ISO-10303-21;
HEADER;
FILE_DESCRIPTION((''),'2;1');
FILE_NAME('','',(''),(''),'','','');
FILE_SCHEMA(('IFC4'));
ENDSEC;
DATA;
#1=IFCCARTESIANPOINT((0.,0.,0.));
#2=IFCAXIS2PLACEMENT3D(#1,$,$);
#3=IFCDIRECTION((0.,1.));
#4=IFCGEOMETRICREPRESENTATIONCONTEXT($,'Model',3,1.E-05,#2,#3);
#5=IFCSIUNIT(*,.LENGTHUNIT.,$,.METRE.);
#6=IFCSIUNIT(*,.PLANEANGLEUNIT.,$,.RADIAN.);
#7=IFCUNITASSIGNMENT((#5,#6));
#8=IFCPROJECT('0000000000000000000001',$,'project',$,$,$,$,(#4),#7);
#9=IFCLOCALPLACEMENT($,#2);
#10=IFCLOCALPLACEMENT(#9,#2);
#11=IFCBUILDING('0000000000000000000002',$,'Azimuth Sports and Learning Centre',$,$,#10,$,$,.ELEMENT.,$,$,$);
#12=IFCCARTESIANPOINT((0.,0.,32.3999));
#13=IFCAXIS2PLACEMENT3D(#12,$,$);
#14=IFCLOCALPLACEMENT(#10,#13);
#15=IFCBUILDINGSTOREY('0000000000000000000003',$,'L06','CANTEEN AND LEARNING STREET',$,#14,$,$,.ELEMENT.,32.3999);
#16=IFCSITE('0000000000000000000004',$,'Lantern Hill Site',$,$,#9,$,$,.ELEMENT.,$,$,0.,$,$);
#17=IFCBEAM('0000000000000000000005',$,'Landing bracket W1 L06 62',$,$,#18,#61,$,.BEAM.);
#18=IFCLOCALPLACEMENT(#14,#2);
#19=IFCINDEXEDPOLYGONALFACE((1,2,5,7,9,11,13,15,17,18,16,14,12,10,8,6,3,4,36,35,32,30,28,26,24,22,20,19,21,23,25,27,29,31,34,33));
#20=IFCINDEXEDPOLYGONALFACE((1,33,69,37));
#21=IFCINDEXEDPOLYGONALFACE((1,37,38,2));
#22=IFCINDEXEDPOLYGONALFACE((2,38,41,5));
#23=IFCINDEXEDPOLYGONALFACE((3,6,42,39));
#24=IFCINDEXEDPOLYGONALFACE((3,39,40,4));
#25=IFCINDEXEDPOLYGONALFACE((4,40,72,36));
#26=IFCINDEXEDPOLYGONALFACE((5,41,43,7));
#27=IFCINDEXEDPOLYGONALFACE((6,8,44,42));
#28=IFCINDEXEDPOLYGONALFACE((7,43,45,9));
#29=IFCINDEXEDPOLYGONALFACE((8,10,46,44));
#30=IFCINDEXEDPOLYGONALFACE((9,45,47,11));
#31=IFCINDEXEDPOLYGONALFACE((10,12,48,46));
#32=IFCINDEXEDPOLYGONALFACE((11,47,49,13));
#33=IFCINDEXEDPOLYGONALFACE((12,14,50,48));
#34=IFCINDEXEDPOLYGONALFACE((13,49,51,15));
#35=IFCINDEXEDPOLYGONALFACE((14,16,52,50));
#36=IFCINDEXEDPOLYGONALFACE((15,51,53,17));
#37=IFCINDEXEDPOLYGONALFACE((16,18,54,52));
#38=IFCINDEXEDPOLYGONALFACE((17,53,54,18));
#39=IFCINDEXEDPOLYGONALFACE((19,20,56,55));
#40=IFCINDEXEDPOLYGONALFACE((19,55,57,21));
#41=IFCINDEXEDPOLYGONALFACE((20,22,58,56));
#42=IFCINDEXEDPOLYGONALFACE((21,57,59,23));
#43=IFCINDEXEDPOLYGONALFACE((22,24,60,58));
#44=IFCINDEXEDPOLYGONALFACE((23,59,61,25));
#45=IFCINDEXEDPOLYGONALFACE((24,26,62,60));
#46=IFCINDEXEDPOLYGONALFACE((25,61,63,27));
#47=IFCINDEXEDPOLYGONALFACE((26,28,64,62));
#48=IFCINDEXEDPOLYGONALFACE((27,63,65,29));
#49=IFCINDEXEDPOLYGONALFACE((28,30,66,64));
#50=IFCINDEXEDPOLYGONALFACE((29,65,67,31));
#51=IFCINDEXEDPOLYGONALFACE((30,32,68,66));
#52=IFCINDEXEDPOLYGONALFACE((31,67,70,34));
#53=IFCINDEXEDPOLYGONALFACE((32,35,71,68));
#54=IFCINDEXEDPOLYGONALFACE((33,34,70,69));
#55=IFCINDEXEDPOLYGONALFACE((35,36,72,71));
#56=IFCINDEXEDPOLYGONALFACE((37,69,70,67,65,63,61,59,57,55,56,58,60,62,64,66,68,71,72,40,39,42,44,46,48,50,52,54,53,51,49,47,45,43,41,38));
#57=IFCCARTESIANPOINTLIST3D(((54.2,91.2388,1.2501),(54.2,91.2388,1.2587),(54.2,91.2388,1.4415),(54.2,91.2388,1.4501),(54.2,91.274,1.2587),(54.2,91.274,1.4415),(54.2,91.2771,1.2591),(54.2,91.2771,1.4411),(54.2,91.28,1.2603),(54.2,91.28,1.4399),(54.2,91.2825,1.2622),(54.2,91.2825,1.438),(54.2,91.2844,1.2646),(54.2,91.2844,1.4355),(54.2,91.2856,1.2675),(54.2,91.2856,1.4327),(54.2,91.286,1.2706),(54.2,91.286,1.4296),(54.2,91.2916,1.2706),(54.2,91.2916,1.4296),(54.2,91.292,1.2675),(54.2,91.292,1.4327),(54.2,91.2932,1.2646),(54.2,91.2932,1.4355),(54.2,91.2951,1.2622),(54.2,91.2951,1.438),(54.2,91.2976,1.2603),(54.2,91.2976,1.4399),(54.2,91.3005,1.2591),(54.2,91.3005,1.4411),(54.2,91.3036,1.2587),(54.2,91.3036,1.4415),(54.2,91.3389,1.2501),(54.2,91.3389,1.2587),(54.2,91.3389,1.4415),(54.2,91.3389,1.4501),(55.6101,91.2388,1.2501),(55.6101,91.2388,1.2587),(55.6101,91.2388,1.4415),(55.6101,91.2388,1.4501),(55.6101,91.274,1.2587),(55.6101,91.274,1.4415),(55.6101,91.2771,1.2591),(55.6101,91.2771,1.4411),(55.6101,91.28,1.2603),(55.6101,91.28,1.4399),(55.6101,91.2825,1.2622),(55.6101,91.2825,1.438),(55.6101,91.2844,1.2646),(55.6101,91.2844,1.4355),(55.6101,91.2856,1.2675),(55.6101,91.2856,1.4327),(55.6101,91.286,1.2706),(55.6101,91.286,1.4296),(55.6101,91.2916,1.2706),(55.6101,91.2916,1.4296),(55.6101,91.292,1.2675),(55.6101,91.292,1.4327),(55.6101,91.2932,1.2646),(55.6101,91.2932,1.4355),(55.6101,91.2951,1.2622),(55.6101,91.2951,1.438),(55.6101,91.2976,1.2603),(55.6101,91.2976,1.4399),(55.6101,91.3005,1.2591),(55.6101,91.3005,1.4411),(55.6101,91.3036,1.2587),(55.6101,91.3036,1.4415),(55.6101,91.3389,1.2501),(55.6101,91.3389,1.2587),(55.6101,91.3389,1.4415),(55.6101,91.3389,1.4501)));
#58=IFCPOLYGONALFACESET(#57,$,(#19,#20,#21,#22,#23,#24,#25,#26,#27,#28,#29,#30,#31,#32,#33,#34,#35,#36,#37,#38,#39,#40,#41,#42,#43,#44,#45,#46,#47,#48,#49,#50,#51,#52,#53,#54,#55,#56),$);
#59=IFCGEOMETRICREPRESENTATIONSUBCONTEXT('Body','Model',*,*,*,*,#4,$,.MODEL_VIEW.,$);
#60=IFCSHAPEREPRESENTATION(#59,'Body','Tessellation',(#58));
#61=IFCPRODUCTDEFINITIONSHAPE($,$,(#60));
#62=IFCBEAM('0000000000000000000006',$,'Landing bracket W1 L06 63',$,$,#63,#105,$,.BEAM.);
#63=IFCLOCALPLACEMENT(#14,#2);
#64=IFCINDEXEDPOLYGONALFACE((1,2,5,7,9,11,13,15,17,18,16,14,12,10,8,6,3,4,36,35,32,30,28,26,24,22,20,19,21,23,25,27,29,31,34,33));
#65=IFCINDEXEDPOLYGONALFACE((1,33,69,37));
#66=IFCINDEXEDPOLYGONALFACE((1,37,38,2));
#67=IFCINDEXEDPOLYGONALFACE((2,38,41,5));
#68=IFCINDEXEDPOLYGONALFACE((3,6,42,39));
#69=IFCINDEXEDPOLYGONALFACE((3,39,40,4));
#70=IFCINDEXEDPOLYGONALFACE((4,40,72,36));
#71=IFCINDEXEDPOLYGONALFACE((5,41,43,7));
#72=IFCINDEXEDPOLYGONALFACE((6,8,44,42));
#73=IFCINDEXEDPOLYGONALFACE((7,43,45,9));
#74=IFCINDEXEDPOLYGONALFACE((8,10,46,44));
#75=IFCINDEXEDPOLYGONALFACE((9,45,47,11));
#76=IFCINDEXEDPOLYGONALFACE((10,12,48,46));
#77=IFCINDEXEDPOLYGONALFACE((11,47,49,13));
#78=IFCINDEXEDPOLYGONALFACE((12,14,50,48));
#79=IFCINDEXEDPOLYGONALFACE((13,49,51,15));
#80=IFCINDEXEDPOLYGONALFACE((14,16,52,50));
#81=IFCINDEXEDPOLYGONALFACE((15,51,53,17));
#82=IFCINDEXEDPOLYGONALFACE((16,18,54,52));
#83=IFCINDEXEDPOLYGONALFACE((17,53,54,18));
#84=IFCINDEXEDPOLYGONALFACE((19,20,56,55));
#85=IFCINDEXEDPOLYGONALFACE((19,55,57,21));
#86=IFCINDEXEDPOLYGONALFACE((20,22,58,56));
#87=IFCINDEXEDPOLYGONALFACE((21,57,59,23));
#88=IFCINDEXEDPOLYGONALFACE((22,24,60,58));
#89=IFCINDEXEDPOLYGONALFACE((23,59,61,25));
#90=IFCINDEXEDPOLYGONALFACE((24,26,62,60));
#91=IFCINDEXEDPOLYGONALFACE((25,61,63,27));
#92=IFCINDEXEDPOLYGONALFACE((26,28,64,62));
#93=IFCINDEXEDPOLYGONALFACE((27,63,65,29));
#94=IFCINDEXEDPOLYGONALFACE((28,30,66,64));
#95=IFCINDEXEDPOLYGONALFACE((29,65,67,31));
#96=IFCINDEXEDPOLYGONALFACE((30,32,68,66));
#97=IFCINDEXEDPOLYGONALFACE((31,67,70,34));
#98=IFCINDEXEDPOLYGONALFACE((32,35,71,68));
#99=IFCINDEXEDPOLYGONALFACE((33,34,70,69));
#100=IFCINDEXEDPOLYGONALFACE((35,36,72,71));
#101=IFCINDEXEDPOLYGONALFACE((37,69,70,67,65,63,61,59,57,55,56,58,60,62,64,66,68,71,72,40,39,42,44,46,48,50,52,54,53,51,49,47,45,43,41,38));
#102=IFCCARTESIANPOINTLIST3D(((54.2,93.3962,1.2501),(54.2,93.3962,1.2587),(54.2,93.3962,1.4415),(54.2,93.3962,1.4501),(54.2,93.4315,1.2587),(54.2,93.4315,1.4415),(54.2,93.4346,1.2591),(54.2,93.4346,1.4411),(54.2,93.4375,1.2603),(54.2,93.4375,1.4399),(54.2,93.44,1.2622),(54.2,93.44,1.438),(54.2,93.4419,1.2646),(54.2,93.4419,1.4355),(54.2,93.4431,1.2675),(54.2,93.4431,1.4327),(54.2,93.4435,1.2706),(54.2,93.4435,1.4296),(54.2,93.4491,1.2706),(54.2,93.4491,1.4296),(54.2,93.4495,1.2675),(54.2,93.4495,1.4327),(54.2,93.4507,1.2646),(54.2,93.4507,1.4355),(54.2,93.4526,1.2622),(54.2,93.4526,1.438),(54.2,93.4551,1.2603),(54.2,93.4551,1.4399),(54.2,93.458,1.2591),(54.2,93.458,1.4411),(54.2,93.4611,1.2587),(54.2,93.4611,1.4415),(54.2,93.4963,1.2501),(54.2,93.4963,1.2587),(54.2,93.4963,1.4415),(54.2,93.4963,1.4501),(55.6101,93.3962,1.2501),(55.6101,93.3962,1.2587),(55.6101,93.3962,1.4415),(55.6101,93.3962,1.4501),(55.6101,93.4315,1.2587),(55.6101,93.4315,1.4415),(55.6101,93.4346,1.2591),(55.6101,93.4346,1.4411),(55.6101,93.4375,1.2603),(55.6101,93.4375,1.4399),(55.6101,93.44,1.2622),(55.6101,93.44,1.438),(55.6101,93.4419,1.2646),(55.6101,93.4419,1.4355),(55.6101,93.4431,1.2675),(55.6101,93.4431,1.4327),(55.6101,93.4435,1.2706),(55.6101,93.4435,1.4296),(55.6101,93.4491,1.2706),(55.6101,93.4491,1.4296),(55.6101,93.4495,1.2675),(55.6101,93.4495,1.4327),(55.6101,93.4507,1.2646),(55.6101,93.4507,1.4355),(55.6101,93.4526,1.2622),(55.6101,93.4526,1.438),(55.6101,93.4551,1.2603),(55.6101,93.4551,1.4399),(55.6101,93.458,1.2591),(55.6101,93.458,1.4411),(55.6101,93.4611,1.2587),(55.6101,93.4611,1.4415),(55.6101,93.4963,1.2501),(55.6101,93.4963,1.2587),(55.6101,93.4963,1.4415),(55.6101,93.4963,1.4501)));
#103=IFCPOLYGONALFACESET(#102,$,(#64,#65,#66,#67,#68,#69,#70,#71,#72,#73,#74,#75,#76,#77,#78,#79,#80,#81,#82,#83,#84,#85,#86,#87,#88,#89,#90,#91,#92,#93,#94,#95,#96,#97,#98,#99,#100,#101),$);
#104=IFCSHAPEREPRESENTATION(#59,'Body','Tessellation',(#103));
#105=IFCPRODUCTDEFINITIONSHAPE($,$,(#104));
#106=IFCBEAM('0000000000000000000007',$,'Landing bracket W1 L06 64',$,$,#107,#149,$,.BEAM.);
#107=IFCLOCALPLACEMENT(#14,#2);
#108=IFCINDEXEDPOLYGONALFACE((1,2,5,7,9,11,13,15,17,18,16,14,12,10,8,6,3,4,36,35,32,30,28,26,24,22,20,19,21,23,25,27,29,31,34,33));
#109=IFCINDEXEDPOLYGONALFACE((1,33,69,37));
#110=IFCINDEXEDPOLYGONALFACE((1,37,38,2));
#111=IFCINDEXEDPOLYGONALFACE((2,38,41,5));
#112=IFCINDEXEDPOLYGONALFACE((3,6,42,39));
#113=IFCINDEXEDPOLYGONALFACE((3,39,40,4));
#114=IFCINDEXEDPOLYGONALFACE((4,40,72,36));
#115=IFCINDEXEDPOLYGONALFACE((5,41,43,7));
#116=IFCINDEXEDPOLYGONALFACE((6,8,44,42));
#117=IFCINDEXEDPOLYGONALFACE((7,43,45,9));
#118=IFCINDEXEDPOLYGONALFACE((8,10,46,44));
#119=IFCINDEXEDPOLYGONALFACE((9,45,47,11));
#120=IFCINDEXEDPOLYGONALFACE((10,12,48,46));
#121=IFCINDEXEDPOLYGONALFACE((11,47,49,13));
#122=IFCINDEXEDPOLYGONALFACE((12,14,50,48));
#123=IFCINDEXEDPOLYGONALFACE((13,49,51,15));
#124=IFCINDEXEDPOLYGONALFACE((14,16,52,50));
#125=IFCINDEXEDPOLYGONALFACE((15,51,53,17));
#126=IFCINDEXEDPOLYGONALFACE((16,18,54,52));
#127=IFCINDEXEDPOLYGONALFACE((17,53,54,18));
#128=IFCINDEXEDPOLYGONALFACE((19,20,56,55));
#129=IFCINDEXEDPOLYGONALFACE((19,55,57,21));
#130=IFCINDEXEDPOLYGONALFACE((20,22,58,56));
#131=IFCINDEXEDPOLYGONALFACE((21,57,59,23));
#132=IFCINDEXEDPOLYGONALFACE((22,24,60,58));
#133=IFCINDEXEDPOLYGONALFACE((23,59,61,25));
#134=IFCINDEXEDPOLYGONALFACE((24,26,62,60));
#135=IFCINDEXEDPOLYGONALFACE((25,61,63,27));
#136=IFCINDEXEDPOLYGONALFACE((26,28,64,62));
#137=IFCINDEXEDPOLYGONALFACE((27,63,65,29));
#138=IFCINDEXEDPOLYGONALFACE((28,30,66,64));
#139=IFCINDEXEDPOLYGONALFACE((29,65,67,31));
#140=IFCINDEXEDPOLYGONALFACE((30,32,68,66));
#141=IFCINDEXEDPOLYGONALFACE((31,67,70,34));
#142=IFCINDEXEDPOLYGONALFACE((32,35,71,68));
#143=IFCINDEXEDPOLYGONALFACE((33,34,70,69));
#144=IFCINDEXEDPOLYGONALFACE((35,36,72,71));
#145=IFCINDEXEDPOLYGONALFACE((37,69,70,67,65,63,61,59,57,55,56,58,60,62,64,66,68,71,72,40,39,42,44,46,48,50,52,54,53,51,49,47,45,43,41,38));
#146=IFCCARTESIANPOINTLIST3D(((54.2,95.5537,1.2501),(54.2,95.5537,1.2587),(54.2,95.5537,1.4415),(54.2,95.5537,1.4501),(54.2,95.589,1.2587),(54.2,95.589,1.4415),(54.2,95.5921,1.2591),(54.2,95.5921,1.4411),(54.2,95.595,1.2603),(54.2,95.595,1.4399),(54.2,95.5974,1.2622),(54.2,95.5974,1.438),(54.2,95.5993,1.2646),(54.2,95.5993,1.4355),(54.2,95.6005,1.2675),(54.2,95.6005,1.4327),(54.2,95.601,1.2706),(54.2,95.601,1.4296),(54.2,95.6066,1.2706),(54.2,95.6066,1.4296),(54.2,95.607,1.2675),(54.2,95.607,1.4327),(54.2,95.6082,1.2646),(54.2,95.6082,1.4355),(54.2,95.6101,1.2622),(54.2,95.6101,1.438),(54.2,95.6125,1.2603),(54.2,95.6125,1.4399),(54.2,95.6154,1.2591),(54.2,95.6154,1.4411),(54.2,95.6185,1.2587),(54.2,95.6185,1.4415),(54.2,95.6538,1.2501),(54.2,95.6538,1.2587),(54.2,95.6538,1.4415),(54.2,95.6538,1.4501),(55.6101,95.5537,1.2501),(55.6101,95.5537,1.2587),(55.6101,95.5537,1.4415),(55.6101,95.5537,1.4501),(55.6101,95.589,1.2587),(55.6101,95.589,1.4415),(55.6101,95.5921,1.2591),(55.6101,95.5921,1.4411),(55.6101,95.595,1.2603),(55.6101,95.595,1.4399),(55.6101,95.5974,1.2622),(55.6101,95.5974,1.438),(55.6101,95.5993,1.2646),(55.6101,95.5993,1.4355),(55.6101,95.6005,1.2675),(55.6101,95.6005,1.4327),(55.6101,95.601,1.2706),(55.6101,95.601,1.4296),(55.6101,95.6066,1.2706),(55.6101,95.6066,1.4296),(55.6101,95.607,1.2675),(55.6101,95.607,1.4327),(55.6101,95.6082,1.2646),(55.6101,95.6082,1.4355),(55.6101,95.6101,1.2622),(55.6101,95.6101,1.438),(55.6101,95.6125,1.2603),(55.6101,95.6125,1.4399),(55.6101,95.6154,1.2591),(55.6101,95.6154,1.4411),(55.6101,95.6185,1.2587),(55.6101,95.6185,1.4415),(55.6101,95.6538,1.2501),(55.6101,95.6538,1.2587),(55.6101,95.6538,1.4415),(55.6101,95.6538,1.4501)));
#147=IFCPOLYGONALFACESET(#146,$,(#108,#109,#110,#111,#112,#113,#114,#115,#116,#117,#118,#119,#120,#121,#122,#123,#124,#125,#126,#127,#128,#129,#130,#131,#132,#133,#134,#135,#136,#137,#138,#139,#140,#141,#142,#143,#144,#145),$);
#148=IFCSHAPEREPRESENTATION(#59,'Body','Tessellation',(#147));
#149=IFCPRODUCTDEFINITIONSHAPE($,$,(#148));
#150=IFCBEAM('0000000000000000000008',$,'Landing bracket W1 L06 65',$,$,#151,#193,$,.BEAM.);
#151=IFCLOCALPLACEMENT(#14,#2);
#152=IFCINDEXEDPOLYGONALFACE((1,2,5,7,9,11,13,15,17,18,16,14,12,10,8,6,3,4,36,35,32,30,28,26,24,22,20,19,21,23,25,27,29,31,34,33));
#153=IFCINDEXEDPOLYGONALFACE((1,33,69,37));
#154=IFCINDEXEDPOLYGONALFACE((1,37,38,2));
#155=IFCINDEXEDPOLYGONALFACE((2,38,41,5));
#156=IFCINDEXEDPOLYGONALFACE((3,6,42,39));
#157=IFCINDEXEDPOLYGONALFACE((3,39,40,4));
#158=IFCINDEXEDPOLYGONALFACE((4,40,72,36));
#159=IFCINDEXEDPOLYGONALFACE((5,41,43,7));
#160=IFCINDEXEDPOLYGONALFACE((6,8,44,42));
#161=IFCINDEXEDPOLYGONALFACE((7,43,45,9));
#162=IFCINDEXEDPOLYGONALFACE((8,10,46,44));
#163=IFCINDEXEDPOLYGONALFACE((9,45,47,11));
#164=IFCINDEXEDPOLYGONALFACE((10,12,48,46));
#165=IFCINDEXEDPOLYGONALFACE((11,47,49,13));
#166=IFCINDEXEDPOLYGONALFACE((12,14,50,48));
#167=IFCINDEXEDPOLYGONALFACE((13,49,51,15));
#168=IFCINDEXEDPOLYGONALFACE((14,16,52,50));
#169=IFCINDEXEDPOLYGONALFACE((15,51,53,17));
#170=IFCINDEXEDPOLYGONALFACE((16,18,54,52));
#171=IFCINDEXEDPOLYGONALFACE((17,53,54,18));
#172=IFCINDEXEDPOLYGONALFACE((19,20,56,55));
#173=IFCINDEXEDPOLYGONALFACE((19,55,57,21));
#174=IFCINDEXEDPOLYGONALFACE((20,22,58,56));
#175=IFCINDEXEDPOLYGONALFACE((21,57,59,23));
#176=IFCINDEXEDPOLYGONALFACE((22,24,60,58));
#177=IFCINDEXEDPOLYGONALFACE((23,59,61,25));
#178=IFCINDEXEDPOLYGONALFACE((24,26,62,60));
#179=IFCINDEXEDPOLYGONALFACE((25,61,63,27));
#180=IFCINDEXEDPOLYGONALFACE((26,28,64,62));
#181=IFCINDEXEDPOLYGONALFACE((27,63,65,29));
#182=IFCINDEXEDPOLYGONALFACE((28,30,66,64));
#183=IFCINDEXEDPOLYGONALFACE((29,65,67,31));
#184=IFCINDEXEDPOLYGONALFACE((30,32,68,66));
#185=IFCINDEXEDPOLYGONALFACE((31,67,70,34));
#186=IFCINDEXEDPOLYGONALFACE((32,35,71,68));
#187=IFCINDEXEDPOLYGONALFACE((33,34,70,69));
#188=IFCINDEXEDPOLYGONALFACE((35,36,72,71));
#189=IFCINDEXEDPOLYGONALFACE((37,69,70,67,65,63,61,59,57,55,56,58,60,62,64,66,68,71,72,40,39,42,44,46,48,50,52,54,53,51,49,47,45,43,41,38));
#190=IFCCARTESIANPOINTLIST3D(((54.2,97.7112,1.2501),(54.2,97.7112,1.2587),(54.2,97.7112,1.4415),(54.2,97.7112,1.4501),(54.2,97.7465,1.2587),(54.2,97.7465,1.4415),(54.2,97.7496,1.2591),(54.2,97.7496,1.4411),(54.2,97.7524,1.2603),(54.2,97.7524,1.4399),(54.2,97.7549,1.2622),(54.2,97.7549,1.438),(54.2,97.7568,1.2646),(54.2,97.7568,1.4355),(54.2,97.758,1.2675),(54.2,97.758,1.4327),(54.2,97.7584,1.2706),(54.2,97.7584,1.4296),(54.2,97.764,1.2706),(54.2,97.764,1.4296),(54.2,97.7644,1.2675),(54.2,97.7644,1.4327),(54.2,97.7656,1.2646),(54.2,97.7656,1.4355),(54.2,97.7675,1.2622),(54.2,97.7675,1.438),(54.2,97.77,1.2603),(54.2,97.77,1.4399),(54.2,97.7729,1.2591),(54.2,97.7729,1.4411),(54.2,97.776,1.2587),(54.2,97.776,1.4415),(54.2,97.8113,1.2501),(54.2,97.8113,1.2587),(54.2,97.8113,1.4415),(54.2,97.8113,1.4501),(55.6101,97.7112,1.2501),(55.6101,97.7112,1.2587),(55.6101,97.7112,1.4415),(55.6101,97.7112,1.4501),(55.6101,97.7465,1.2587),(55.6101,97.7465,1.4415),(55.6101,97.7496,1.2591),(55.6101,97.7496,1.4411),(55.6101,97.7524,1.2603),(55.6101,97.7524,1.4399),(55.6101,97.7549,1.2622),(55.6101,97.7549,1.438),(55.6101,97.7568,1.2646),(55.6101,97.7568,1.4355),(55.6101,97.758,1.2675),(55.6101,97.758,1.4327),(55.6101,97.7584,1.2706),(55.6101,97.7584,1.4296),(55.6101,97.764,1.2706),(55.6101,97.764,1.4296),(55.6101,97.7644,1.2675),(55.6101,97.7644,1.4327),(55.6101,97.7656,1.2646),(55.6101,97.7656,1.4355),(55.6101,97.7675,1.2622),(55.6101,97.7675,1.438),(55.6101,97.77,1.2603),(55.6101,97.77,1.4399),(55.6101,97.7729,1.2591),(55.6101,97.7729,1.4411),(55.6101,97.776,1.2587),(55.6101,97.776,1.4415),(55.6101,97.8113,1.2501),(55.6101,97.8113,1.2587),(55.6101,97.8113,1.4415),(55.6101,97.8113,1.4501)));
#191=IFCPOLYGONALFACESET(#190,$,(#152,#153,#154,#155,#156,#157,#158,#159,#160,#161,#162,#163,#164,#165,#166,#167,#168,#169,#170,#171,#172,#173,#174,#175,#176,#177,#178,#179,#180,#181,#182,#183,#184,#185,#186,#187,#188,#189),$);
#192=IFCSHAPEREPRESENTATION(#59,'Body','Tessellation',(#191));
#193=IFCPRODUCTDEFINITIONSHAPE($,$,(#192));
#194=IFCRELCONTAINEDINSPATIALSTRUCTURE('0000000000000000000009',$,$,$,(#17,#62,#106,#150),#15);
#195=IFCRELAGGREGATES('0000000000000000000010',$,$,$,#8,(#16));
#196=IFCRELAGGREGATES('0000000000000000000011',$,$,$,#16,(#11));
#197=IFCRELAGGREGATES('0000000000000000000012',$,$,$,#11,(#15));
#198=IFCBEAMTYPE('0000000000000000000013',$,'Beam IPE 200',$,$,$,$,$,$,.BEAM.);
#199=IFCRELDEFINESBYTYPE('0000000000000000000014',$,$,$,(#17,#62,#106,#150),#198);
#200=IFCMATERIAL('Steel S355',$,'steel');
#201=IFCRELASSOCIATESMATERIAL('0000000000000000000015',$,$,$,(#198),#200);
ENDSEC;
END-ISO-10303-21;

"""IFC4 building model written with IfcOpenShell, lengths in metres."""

from ifc_helpers import new_model, si_unit, direction, frame, origin, origin_2d, place, context, subcontext, project, spatial, i_section, extrude, material, material_profile, profile_set, type_object, element, save


model = new_model("IFC4")

# Units and contexts
model_context = context("Model", 3, precision=1e-05, world=origin(), true_north=direction((0.0, 1.0)))
body_context = subcontext(model_context, "Body", "Model", "MODEL_VIEW")
ifc_project = project(units=[si_unit("LENGTHUNIT", "METRE"), si_unit("PLANEANGLEUNIT", "RADIAN")], contexts=[model_context])

# Site, building, storey
site_placement = place(None, origin())
site = spatial("IfcSite", under=ifc_project, at=site_placement, Name="Lantern Hill Site", CompositionType="ELEMENT", RefElevation=0.0)
building_placement = place(site_placement, origin())
building = spatial("IfcBuilding", under=site, at=building_placement, Name="Azimuth Sports and Learning Centre", CompositionType="ELEMENT")
storey_placement = place(building_placement, frame((0.0, 0.0, 32.3999)))
storey = spatial("IfcBuildingStorey", under=building, at=storey_placement, Name="L06", Description="CANTEEN AND LEARNING STREET", CompositionType="ELEMENT", Elevation=32.3999)

# Beams
ifc_material_1 = material(Name="Steel S355", Category="steel")
ifc_material_profile = material_profile(ifc_material_1, i_section(OverallWidth=0.1001, OverallDepth=0.2, WebThickness=0.0056, FlangeThickness=0.0085, FilletRadius=0.012, at=origin_2d()), Name="IPE 200")
ifc_profile_set = profile_set([ifc_material_profile], Name="Steel S355")
beam_type = type_object("IfcBeamType", Name="Beam IPE 200", PredefinedType="BEAM", material=ifc_profile_set)
for number, where, z_axis, x_axis, name in (
    (1, (54.2, 91.2888, 1.3501), (1.0, 0.0, 0.0), (0.0, 1.0, 0.0), "Landing bracket W1 L06 62"),
    (2, (54.2, 93.4463, 1.3501), (1.0, 0.0, 0.0), (0.0, 1.0, 0.0), "Landing bracket W1 L06 63"),
    (3, (54.2, 95.6038, 1.3501), (1.0, 0.0, 0.0), (0.0, 1.0, 0.0), "Landing bracket W1 L06 64"),
    (4, (54.2, 97.7612, 1.3501), (1.0, 0.0, 0.0), (0.0, 1.0, 0.0), "Landing bracket W1 L06 65"),
):
    element("IfcBeam", number, at=place(storey_placement, frame(where, z_axis=z_axis, x_axis=x_axis)), inside=storey, type_object=beam_type, Name=name, PredefinedType="BEAM", context=body_context, shape_type="SweptSolid", body=[
        extrude(i_section(OverallWidth=0.1001, OverallDepth=0.2, WebThickness=0.0056, FlangeThickness=0.0085, FilletRadius=0.012, at=origin_2d()), origin(), (0.0, 0.0, 1.0), 1.4102),
    ])

save(model, "model.ifc")
